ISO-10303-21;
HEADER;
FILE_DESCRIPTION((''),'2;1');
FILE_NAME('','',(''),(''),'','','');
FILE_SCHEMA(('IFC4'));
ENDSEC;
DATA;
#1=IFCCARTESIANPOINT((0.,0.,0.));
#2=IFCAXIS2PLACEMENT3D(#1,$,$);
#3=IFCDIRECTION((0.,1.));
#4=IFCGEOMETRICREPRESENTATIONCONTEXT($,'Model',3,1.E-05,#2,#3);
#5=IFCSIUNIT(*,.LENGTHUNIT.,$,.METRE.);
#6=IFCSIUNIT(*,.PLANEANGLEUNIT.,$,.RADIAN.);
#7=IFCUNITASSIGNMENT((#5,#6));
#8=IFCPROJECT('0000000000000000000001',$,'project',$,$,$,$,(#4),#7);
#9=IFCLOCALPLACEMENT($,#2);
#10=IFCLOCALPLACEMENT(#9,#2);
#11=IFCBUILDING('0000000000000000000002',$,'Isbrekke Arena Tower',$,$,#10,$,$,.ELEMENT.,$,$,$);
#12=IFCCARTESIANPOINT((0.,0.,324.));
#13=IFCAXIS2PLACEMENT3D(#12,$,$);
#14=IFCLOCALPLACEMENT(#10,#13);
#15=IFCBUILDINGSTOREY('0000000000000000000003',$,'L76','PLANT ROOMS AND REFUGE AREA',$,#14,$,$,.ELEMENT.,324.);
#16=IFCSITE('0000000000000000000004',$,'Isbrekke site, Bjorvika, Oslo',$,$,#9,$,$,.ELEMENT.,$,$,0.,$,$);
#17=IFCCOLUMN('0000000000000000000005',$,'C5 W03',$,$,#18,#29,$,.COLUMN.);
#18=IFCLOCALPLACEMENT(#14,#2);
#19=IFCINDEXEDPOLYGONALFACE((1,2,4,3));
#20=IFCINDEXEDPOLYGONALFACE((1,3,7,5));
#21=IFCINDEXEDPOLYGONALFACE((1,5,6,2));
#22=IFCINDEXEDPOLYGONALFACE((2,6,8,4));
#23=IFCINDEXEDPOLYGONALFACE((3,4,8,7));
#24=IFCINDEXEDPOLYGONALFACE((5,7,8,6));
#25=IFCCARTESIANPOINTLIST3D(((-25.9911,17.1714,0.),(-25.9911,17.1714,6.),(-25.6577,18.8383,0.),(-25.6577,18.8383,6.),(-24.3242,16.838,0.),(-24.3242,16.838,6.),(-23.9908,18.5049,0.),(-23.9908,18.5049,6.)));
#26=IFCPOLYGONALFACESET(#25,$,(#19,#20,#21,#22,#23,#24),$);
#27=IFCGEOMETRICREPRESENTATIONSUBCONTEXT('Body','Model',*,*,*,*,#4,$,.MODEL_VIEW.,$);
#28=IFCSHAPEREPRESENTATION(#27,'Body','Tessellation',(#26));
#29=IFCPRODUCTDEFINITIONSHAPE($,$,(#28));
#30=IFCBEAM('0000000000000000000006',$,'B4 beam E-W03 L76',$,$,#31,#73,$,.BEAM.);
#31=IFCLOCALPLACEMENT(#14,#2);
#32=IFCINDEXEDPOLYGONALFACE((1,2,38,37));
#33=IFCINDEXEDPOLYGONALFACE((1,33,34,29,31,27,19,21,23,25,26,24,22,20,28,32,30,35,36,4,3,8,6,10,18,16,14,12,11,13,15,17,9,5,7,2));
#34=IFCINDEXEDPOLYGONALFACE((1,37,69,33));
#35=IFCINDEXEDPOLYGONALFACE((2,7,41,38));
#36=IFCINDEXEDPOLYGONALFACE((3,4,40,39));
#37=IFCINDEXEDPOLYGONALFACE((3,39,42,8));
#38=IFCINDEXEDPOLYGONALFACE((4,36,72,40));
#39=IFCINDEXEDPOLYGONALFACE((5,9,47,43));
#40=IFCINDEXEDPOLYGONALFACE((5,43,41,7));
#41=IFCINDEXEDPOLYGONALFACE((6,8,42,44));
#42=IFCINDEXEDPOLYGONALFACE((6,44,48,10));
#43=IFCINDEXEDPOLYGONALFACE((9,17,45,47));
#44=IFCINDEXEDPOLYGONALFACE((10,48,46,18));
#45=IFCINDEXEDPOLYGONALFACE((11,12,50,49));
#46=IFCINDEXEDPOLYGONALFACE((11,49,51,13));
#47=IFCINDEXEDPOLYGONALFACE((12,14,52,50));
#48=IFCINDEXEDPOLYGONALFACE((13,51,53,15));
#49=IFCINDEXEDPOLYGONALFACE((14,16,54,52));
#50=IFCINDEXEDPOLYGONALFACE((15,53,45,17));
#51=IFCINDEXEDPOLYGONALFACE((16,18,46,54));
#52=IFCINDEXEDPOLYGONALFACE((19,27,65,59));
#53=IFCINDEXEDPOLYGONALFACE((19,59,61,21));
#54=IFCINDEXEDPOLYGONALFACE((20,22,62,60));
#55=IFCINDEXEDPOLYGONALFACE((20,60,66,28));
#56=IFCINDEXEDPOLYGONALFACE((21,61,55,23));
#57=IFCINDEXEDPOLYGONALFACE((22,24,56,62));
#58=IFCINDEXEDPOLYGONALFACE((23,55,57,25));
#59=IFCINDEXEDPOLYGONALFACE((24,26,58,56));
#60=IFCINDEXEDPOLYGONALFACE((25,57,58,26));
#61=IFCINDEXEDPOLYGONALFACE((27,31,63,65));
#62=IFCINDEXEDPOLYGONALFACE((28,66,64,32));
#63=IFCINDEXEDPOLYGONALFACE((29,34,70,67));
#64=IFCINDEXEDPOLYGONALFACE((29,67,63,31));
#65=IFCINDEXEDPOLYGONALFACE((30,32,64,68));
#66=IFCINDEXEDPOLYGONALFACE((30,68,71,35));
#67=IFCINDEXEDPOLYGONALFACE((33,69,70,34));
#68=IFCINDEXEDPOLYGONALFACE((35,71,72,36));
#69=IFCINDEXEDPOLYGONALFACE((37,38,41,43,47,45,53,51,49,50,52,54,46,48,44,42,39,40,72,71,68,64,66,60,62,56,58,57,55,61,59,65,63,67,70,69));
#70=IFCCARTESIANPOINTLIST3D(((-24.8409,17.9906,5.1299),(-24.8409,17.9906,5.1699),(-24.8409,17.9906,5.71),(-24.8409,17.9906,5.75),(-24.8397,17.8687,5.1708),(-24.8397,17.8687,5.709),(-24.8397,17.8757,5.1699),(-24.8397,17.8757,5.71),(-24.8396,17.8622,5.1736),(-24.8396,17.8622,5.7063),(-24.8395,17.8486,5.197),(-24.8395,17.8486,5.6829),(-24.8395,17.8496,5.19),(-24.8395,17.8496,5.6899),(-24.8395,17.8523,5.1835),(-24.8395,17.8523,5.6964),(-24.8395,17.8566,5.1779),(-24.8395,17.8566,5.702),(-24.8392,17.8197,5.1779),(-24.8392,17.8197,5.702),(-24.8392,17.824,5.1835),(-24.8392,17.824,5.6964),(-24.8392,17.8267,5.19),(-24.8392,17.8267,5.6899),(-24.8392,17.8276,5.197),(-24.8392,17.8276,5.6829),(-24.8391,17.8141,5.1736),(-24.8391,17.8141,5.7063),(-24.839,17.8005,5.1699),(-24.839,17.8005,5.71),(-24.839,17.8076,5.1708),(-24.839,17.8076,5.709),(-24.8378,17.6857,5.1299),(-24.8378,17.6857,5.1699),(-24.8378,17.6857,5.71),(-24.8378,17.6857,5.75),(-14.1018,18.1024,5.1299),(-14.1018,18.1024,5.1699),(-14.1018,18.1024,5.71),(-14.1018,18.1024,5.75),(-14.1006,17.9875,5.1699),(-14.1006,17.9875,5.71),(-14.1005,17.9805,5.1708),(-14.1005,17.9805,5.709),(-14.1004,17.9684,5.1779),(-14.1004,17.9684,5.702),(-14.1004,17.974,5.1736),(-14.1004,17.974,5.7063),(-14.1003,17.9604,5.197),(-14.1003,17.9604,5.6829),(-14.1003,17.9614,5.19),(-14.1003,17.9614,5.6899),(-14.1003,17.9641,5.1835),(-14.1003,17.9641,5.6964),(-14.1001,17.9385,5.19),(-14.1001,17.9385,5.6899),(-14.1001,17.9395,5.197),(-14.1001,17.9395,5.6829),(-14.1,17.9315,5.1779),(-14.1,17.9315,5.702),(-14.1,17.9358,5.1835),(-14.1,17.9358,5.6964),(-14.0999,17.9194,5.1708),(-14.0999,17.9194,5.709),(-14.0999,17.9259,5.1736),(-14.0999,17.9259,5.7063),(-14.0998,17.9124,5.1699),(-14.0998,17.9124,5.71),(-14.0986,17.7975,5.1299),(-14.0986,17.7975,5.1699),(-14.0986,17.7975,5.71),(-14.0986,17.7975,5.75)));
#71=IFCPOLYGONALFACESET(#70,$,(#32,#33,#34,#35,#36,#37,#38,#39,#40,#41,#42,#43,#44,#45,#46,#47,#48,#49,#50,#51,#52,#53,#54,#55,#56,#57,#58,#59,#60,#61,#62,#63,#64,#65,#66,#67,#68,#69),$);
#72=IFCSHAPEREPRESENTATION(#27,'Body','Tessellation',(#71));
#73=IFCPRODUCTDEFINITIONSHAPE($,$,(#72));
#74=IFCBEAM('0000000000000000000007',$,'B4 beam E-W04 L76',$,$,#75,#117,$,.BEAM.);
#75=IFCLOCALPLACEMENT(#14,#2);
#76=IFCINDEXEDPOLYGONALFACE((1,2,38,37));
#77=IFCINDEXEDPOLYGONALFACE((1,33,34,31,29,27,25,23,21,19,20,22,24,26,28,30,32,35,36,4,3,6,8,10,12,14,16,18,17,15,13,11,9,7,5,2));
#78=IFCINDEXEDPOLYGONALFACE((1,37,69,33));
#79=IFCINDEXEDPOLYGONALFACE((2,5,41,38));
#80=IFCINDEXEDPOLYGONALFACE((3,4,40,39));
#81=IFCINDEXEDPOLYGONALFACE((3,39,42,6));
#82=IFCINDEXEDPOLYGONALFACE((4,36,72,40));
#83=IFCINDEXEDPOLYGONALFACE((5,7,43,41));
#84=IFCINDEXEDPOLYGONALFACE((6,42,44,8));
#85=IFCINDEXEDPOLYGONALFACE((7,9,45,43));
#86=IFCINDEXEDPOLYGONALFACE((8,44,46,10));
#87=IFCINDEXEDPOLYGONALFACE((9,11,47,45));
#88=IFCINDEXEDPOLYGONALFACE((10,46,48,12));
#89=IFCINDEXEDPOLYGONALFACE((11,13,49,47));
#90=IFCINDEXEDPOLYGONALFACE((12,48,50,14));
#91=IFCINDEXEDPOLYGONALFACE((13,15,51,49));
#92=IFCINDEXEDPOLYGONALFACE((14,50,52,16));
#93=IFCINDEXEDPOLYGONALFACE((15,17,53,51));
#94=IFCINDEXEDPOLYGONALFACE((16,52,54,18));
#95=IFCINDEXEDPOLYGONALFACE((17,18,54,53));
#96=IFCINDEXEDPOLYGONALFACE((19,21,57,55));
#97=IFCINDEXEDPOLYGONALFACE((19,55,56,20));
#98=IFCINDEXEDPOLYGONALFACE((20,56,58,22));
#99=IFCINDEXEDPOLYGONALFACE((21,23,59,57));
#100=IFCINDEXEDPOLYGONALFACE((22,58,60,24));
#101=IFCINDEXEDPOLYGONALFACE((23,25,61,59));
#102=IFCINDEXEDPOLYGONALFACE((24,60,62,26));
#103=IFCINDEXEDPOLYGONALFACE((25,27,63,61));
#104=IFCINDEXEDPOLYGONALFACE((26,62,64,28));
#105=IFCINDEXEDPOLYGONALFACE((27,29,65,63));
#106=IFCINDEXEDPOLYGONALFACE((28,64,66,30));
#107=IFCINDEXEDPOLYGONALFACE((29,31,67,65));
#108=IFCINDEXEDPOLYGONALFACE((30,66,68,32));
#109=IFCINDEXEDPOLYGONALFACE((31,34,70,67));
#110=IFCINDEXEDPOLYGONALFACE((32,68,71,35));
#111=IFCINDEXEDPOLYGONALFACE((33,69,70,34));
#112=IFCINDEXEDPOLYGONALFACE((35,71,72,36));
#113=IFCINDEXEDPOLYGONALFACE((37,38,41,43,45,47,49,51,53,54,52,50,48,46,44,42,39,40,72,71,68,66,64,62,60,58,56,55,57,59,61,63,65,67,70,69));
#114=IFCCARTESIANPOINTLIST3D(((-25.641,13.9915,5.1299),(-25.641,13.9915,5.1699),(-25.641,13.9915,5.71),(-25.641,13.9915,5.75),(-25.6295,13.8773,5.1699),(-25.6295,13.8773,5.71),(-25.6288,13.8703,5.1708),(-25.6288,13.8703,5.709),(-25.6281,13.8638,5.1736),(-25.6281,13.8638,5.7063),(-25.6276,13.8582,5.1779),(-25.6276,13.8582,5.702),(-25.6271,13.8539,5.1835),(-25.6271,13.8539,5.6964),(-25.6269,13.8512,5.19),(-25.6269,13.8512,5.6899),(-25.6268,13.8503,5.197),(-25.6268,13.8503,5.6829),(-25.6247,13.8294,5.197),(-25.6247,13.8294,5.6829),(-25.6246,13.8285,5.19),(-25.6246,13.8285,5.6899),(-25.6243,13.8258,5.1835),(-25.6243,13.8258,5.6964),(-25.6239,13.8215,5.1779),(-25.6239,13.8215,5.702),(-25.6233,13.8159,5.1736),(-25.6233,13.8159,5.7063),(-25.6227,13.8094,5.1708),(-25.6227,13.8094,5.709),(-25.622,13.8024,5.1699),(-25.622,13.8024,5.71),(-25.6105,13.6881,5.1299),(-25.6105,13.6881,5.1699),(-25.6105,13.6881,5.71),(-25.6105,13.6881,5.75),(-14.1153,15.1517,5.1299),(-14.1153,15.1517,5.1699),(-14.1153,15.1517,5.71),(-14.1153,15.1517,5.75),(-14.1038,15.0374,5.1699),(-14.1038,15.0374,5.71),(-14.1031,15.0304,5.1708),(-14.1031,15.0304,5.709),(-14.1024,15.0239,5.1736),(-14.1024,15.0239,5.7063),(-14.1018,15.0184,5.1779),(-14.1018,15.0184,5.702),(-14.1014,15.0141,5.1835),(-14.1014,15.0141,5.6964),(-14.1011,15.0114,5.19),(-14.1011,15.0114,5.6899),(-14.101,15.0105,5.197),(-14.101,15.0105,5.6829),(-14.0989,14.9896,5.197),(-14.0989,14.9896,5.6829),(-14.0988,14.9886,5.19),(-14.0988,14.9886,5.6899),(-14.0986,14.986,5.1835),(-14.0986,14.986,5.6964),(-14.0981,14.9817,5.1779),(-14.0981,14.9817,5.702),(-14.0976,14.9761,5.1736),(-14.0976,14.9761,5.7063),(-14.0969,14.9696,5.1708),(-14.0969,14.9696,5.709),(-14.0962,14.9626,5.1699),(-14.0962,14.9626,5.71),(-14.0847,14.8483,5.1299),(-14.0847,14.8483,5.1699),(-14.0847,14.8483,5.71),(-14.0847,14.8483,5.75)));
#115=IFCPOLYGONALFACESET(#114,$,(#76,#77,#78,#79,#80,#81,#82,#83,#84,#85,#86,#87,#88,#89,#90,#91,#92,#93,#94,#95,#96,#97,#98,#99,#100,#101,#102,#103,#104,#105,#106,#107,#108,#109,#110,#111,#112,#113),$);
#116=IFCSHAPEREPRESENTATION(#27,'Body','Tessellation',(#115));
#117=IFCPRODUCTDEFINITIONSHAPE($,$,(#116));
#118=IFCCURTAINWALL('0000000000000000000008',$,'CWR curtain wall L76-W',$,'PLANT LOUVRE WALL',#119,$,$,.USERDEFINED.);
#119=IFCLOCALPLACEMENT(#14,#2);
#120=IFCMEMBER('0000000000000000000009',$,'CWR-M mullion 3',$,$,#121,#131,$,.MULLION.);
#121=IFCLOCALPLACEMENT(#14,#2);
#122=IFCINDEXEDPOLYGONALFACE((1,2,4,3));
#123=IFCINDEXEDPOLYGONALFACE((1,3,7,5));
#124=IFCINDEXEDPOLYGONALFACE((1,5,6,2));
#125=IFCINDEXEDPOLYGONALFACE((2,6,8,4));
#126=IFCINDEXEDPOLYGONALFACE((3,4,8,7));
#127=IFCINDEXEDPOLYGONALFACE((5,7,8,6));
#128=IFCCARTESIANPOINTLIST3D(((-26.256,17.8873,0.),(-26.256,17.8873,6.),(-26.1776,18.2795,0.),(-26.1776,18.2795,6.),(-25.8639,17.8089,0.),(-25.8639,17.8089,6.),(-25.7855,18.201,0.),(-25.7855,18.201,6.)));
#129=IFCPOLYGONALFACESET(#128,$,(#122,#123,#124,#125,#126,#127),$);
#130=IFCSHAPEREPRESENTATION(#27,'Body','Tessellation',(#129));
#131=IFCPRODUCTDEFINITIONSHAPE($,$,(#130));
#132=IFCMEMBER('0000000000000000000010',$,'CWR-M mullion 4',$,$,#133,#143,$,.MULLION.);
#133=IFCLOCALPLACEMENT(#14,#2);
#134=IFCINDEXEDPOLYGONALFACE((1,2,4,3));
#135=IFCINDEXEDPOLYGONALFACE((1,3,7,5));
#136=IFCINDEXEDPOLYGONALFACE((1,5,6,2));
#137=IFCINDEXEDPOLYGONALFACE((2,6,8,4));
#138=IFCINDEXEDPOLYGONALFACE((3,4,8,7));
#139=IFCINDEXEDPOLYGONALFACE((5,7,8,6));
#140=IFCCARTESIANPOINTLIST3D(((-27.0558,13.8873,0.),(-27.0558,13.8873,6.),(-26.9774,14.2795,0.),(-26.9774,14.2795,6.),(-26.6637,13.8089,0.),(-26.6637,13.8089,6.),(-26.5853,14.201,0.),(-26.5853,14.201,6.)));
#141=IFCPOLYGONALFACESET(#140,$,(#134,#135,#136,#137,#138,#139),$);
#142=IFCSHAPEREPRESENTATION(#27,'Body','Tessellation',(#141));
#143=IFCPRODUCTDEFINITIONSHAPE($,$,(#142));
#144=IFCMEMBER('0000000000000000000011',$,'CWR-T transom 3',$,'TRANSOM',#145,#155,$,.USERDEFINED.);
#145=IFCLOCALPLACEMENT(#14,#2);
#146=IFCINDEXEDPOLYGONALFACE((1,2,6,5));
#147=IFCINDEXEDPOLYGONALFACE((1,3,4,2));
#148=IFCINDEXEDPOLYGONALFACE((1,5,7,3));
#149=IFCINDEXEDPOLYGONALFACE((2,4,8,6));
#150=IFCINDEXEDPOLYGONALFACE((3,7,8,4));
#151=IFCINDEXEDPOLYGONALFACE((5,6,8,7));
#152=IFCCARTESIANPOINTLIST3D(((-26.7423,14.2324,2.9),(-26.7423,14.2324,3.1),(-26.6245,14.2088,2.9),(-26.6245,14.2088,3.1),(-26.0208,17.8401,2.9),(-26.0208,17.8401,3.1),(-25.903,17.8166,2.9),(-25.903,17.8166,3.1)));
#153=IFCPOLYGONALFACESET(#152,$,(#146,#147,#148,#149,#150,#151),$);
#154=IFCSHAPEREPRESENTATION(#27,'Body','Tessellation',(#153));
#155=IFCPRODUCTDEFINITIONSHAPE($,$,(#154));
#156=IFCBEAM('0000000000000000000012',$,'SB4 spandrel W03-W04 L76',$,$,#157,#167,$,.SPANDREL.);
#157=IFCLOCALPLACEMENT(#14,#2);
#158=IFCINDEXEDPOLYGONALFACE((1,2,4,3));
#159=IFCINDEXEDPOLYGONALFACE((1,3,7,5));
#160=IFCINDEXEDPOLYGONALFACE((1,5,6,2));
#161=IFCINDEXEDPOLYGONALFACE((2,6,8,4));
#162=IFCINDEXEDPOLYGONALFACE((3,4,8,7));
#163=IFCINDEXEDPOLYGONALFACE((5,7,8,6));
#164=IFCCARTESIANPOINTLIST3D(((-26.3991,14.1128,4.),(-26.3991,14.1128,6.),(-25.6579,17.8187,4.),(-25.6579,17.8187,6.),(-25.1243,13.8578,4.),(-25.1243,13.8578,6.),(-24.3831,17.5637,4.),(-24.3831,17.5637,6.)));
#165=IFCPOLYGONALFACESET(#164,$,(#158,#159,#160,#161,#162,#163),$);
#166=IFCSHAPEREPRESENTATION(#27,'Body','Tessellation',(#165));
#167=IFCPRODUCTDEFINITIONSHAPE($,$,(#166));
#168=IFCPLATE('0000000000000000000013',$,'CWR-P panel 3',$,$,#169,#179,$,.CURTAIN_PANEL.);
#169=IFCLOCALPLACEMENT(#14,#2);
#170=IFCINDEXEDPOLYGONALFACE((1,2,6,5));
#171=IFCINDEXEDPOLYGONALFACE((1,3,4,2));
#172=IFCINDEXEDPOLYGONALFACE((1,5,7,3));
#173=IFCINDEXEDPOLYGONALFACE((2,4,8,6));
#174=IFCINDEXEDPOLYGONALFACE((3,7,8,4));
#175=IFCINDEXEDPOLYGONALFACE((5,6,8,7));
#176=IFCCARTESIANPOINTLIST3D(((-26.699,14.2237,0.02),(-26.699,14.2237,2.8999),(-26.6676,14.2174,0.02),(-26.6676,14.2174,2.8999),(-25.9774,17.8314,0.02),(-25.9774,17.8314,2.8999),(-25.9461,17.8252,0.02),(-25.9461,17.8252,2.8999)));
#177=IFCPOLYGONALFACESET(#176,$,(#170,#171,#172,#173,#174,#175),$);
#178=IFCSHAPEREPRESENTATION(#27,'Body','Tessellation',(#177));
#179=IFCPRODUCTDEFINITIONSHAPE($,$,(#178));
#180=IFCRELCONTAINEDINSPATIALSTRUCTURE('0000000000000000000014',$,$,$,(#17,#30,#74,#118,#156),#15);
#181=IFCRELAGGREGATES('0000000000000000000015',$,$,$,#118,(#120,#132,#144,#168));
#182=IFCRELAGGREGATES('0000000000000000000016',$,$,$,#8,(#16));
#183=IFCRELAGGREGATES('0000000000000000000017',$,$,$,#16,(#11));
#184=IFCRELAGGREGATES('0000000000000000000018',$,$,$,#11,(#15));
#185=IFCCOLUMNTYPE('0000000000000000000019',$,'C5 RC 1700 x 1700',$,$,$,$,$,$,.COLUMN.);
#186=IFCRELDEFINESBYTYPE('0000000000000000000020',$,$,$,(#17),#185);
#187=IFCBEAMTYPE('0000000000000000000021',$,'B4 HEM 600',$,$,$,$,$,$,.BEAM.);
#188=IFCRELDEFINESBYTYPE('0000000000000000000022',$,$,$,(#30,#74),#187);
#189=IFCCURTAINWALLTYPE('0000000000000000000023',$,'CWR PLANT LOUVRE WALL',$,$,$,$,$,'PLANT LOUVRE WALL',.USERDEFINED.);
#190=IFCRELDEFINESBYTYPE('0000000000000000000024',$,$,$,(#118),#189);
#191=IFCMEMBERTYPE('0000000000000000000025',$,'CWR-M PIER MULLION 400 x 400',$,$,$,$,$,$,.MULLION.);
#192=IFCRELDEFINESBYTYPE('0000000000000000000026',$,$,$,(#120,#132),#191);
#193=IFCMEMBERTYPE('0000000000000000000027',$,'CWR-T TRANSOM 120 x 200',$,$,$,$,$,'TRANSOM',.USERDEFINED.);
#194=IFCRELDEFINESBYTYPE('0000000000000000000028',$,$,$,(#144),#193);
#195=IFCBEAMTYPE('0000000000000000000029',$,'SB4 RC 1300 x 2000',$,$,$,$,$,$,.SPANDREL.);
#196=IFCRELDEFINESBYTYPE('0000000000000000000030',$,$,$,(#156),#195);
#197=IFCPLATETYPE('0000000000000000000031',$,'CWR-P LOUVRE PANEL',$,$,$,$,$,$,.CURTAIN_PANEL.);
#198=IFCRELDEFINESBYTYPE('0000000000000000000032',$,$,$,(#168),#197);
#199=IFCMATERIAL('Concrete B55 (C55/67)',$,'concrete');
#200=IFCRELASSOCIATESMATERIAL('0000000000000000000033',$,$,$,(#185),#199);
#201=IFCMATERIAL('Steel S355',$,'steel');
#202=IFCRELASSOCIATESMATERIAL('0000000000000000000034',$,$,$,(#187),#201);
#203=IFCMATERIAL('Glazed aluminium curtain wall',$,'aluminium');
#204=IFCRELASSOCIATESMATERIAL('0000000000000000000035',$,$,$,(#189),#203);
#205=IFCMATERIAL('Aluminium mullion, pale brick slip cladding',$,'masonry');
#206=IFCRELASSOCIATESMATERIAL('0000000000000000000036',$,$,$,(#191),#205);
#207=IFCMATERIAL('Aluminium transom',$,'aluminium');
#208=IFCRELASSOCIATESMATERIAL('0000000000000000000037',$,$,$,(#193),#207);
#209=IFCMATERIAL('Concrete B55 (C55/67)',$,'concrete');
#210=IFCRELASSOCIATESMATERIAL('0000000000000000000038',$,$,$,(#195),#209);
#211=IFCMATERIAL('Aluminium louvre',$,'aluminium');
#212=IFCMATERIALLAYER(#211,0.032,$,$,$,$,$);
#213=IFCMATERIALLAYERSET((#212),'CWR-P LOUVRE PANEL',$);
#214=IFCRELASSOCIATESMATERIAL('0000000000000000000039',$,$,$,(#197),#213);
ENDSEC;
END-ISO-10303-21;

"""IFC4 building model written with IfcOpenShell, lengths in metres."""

from ifc_helpers import new_model, si_unit, direction, frame, origin, origin_2d, place, context, subcontext, project, spatial, rectangle, i_section, extrude, material, layer, layer_set, material_profile, profile_set, type_object, element, aggregate, save


model = new_model("IFC4")

# Units and contexts
model_context = context("Model", 3, precision=1e-05, world=origin(), true_north=direction((0.0, 1.0)))
body_context = subcontext(model_context, "Body", "Model", "MODEL_VIEW")
ifc_project = project(units=[si_unit("LENGTHUNIT", "METRE"), si_unit("PLANEANGLEUNIT", "RADIAN")], contexts=[model_context])

# Site, building, storey
site_placement = place(None, origin())
site = spatial("IfcSite", under=ifc_project, at=site_placement, Name="Isbrekke site, Bjorvika, Oslo", CompositionType="ELEMENT", RefElevation=0.0)
building_placement = place(site_placement, origin())
building = spatial("IfcBuilding", under=site, at=building_placement, Name="Isbrekke Arena Tower", CompositionType="ELEMENT")
storey_placement = place(building_placement, frame((0.0, 0.0, 324.0)))
storey = spatial("IfcBuildingStorey", under=building, at=storey_placement, Name="L76", Description="PLANT ROOMS AND REFUGE AREA", CompositionType="ELEMENT", Elevation=324.0)

# Column
ifc_material_1 = material(Name="Concrete B55 (C55/67)", Category="concrete")
ifc_material_profile_1 = material_profile(ifc_material_1, rectangle(XDim=1.7, YDim=1.7, at=origin_2d()), Name="RC 1700x1700")
ifc_profile_set_1 = profile_set([ifc_material_profile_1], Name="Concrete B55 (C55/67)")
column_type = type_object("IfcColumnType", Name="C5 RC 1700 x 1700", PredefinedType="COLUMN", material=ifc_profile_set_1)
column_placement = place(storey_placement, frame((-24.991, 17.8381, 0.0), z_axis=(0.0, 0.0, 1.0), x_axis=(-0.196116, -0.980581, 0.0)))
element("IfcColumn", 1, at=column_placement, inside=storey, type_object=column_type, Name="C5 W03", PredefinedType="COLUMN", context=body_context, shape_type="SweptSolid", body=[
    extrude(rectangle(XDim=1.7, YDim=1.7, at=origin_2d()), origin(), (0.0, 0.0, 1.0), 6.0),
])

# Beams
ifc_material_2 = material(Name="Steel S355", Category="steel")
ifc_material_profile_2 = material_profile(ifc_material_2, i_section(OverallWidth=0.3049, OverallDepth=0.6201, WebThickness=0.021, FlangeThickness=0.04, FilletRadius=0.0271, at=origin_2d()), Name="HEM 600")
ifc_profile_set_2 = profile_set([ifc_material_profile_2], Name="Steel S355")
beam_type_1 = type_object("IfcBeamType", Name="B4 HEM 600", PredefinedType="BEAM", material=ifc_profile_set_2)
beam_1_placement = place(storey_placement, frame((-24.8394, 17.8381, 5.4399), z_axis=(0.999946, 0.010411, 0.0), x_axis=(-0.010411, 0.999946, 0.0)))
element("IfcBeam", 2, at=beam_1_placement, inside=storey, type_object=beam_type_1, Name="B4 beam E-W03 L76", PredefinedType="BEAM", context=body_context, shape_type="SweptSolid", body=[
    extrude(i_section(OverallWidth=0.3049, OverallDepth=0.6201, WebThickness=0.021, FlangeThickness=0.04, FilletRadius=0.0271, at=origin_2d()), origin(), (0.0, 0.0, 1.0), 10.7397),
])
beam_2_placement = place(storey_placement, frame((-25.6257, 13.8398, 5.4399), z_axis=(0.994972, 0.100153, 0.0), x_axis=(-0.100153, 0.994972, 0.0)))
element("IfcBeam", 3, at=beam_2_placement, inside=storey, type_object=beam_type_1, Name="B4 beam E-W04 L76", PredefinedType="BEAM", context=body_context, shape_type="SweptSolid", body=[
    extrude(i_section(OverallWidth=0.3049, OverallDepth=0.6201, WebThickness=0.021, FlangeThickness=0.04, FilletRadius=0.0271, at=origin_2d()), origin(), (0.0, 0.0, 1.0), 11.584),
])

# Curtain wall, members
ifc_material_3 = material(Name="Glazed aluminium curtain wall", Category="aluminium")
curtain_wall_type = type_object("IfcCurtainWallType", Name="CWR PLANT LOUVRE WALL", ElementType="PLANT LOUVRE WALL", PredefinedType="USERDEFINED", material=ifc_material_3)
curtain_wall_placement = place(storey_placement, origin())
curtain_wall = element("IfcCurtainWall", 4, at=curtain_wall_placement, inside=storey, type_object=curtain_wall_type, Name="CWR curtain wall L76-W", ObjectType="PLANT LOUVRE WALL", PredefinedType="USERDEFINED")
ifc_material_4 = material(Name="Aluminium mullion, pale brick slip cladding", Category="masonry")
ifc_material_profile_3 = material_profile(ifc_material_4, rectangle(XDim=0.3999, YDim=0.3999, at=origin_2d()), Name="PIER 400X400")
ifc_profile_set_3 = profile_set([ifc_material_profile_3], Name="Aluminium mullion, pale brick slip cladding")
member_type_1 = type_object("IfcMemberType", Name="CWR-M PIER MULLION 400 x 400", PredefinedType="MULLION", material=ifc_profile_set_3)
member_1_placement = place(storey_placement, frame((-26.0208, 18.0442, 0.0), z_axis=(0.0, 0.0, 1.0), x_axis=(-0.196116, -0.980581, 0.0)))
member_1 = element("IfcMember", 5, at=member_1_placement, type_object=member_type_1, Name="CWR-M mullion 3", PredefinedType="MULLION", context=body_context, shape_type="SweptSolid", body=[
    extrude(rectangle(XDim=0.3999, YDim=0.3999, at=origin_2d()), origin(), (0.0, 0.0, 1.0), 6.0),
])
member_2_placement = place(storey_placement, frame((-26.8206, 14.0442, 0.0), z_axis=(0.0, 0.0, 1.0), x_axis=(-0.196116, -0.980581, 0.0)))
member_2 = element("IfcMember", 6, at=member_2_placement, type_object=member_type_1, Name="CWR-M mullion 4", PredefinedType="MULLION", context=body_context, shape_type="SweptSolid", body=[
    extrude(rectangle(XDim=0.3999, YDim=0.3999, at=origin_2d()), origin(), (0.0, 0.0, 1.0), 6.0),
])
ifc_material_5 = material(Name="Aluminium transom", Category="aluminium")
ifc_material_profile_4 = material_profile(ifc_material_5, rectangle(XDim=0.1201, YDim=0.2, at=origin_2d()), Name="TRANSOM 120X200")
ifc_profile_set_4 = profile_set([ifc_material_profile_4], Name="Aluminium transom")
member_type_2 = type_object("IfcMemberType", Name="CWR-T TRANSOM 120 x 200", ElementType="TRANSOM", PredefinedType="USERDEFINED", material=ifc_profile_set_4)
member_3_placement = place(storey_placement, frame((-25.9619, 17.8284, 3.0), z_axis=(-0.196091, -0.980586, 0.0), x_axis=(0.980586, -0.196091, 0.0)))
member_3 = element("IfcMember", 7, at=member_3_placement, type_object=member_type_2, Name="CWR-T transom 3", ObjectType="TRANSOM", PredefinedType="USERDEFINED", context=body_context, shape_type="SweptSolid", body=[
    extrude(rectangle(XDim=0.1201, YDim=0.2, at=origin_2d()), origin(), (0.0, 0.0, 1.0), 3.6792),
])

# Beam
ifc_material_6 = material(Name="Concrete B55 (C55/67)", Category="concrete")
ifc_material_profile_5 = material_profile(ifc_material_6, rectangle(XDim=1.3, YDim=2.0, at=origin_2d()), Name="RC 1300x2000")
ifc_profile_set_5 = profile_set([ifc_material_profile_5], Name="Concrete B55 (C55/67)")
beam_type_2 = type_object("IfcBeamType", Name="SB4 RC 1300 x 2000", PredefinedType="SPANDREL", material=ifc_profile_set_5)
beam_3_placement = place(storey_placement, frame((-25.0205, 17.6912, 5.0), z_axis=(-0.196129, -0.980578, 0.0), x_axis=(0.980578, -0.196129, 0.0)))
element("IfcBeam", 8, at=beam_3_placement, inside=storey, type_object=beam_type_2, Name="SB4 spandrel W03-W04 L76", PredefinedType="SPANDREL", context=body_context, shape_type="SweptSolid", body=[
    extrude(rectangle(XDim=1.3, YDim=2.0, at=origin_2d()), origin(), (0.0, 0.0, 1.0), 3.7793),
])

# Plate
ifc_material_7 = material(Name="Aluminium louvre", Category="aluminium")
ifc_layer = layer(ifc_material_7, 0.032)
ifc_layer_set = layer_set([ifc_layer], Name="CWR-P LOUVRE PANEL")
plate_type = type_object("IfcPlateType", Name="CWR-P LOUVRE PANEL", PredefinedType="CURTAIN_PANEL", material=ifc_layer_set)
plate_placement = place(storey_placement, frame((-26.3225, 16.0244, 0.02), z_axis=(0.0, 0.0, 1.0), x_axis=(-0.196116, -0.980581, 0.0)))
plate = element("IfcPlate", 9, at=plate_placement, type_object=plate_type, Name="CWR-P panel 3", PredefinedType="CURTAIN_PANEL", context=body_context, shape_type="SweptSolid", body=[
    extrude(rectangle(XDim=3.6792, YDim=0.032, at=origin_2d()), origin(), (0.0, 0.0, 1.0), 2.8799),
])
aggregate(curtain_wall, [member_1, member_2, member_3, plate])

save(model, "model.ifc")
